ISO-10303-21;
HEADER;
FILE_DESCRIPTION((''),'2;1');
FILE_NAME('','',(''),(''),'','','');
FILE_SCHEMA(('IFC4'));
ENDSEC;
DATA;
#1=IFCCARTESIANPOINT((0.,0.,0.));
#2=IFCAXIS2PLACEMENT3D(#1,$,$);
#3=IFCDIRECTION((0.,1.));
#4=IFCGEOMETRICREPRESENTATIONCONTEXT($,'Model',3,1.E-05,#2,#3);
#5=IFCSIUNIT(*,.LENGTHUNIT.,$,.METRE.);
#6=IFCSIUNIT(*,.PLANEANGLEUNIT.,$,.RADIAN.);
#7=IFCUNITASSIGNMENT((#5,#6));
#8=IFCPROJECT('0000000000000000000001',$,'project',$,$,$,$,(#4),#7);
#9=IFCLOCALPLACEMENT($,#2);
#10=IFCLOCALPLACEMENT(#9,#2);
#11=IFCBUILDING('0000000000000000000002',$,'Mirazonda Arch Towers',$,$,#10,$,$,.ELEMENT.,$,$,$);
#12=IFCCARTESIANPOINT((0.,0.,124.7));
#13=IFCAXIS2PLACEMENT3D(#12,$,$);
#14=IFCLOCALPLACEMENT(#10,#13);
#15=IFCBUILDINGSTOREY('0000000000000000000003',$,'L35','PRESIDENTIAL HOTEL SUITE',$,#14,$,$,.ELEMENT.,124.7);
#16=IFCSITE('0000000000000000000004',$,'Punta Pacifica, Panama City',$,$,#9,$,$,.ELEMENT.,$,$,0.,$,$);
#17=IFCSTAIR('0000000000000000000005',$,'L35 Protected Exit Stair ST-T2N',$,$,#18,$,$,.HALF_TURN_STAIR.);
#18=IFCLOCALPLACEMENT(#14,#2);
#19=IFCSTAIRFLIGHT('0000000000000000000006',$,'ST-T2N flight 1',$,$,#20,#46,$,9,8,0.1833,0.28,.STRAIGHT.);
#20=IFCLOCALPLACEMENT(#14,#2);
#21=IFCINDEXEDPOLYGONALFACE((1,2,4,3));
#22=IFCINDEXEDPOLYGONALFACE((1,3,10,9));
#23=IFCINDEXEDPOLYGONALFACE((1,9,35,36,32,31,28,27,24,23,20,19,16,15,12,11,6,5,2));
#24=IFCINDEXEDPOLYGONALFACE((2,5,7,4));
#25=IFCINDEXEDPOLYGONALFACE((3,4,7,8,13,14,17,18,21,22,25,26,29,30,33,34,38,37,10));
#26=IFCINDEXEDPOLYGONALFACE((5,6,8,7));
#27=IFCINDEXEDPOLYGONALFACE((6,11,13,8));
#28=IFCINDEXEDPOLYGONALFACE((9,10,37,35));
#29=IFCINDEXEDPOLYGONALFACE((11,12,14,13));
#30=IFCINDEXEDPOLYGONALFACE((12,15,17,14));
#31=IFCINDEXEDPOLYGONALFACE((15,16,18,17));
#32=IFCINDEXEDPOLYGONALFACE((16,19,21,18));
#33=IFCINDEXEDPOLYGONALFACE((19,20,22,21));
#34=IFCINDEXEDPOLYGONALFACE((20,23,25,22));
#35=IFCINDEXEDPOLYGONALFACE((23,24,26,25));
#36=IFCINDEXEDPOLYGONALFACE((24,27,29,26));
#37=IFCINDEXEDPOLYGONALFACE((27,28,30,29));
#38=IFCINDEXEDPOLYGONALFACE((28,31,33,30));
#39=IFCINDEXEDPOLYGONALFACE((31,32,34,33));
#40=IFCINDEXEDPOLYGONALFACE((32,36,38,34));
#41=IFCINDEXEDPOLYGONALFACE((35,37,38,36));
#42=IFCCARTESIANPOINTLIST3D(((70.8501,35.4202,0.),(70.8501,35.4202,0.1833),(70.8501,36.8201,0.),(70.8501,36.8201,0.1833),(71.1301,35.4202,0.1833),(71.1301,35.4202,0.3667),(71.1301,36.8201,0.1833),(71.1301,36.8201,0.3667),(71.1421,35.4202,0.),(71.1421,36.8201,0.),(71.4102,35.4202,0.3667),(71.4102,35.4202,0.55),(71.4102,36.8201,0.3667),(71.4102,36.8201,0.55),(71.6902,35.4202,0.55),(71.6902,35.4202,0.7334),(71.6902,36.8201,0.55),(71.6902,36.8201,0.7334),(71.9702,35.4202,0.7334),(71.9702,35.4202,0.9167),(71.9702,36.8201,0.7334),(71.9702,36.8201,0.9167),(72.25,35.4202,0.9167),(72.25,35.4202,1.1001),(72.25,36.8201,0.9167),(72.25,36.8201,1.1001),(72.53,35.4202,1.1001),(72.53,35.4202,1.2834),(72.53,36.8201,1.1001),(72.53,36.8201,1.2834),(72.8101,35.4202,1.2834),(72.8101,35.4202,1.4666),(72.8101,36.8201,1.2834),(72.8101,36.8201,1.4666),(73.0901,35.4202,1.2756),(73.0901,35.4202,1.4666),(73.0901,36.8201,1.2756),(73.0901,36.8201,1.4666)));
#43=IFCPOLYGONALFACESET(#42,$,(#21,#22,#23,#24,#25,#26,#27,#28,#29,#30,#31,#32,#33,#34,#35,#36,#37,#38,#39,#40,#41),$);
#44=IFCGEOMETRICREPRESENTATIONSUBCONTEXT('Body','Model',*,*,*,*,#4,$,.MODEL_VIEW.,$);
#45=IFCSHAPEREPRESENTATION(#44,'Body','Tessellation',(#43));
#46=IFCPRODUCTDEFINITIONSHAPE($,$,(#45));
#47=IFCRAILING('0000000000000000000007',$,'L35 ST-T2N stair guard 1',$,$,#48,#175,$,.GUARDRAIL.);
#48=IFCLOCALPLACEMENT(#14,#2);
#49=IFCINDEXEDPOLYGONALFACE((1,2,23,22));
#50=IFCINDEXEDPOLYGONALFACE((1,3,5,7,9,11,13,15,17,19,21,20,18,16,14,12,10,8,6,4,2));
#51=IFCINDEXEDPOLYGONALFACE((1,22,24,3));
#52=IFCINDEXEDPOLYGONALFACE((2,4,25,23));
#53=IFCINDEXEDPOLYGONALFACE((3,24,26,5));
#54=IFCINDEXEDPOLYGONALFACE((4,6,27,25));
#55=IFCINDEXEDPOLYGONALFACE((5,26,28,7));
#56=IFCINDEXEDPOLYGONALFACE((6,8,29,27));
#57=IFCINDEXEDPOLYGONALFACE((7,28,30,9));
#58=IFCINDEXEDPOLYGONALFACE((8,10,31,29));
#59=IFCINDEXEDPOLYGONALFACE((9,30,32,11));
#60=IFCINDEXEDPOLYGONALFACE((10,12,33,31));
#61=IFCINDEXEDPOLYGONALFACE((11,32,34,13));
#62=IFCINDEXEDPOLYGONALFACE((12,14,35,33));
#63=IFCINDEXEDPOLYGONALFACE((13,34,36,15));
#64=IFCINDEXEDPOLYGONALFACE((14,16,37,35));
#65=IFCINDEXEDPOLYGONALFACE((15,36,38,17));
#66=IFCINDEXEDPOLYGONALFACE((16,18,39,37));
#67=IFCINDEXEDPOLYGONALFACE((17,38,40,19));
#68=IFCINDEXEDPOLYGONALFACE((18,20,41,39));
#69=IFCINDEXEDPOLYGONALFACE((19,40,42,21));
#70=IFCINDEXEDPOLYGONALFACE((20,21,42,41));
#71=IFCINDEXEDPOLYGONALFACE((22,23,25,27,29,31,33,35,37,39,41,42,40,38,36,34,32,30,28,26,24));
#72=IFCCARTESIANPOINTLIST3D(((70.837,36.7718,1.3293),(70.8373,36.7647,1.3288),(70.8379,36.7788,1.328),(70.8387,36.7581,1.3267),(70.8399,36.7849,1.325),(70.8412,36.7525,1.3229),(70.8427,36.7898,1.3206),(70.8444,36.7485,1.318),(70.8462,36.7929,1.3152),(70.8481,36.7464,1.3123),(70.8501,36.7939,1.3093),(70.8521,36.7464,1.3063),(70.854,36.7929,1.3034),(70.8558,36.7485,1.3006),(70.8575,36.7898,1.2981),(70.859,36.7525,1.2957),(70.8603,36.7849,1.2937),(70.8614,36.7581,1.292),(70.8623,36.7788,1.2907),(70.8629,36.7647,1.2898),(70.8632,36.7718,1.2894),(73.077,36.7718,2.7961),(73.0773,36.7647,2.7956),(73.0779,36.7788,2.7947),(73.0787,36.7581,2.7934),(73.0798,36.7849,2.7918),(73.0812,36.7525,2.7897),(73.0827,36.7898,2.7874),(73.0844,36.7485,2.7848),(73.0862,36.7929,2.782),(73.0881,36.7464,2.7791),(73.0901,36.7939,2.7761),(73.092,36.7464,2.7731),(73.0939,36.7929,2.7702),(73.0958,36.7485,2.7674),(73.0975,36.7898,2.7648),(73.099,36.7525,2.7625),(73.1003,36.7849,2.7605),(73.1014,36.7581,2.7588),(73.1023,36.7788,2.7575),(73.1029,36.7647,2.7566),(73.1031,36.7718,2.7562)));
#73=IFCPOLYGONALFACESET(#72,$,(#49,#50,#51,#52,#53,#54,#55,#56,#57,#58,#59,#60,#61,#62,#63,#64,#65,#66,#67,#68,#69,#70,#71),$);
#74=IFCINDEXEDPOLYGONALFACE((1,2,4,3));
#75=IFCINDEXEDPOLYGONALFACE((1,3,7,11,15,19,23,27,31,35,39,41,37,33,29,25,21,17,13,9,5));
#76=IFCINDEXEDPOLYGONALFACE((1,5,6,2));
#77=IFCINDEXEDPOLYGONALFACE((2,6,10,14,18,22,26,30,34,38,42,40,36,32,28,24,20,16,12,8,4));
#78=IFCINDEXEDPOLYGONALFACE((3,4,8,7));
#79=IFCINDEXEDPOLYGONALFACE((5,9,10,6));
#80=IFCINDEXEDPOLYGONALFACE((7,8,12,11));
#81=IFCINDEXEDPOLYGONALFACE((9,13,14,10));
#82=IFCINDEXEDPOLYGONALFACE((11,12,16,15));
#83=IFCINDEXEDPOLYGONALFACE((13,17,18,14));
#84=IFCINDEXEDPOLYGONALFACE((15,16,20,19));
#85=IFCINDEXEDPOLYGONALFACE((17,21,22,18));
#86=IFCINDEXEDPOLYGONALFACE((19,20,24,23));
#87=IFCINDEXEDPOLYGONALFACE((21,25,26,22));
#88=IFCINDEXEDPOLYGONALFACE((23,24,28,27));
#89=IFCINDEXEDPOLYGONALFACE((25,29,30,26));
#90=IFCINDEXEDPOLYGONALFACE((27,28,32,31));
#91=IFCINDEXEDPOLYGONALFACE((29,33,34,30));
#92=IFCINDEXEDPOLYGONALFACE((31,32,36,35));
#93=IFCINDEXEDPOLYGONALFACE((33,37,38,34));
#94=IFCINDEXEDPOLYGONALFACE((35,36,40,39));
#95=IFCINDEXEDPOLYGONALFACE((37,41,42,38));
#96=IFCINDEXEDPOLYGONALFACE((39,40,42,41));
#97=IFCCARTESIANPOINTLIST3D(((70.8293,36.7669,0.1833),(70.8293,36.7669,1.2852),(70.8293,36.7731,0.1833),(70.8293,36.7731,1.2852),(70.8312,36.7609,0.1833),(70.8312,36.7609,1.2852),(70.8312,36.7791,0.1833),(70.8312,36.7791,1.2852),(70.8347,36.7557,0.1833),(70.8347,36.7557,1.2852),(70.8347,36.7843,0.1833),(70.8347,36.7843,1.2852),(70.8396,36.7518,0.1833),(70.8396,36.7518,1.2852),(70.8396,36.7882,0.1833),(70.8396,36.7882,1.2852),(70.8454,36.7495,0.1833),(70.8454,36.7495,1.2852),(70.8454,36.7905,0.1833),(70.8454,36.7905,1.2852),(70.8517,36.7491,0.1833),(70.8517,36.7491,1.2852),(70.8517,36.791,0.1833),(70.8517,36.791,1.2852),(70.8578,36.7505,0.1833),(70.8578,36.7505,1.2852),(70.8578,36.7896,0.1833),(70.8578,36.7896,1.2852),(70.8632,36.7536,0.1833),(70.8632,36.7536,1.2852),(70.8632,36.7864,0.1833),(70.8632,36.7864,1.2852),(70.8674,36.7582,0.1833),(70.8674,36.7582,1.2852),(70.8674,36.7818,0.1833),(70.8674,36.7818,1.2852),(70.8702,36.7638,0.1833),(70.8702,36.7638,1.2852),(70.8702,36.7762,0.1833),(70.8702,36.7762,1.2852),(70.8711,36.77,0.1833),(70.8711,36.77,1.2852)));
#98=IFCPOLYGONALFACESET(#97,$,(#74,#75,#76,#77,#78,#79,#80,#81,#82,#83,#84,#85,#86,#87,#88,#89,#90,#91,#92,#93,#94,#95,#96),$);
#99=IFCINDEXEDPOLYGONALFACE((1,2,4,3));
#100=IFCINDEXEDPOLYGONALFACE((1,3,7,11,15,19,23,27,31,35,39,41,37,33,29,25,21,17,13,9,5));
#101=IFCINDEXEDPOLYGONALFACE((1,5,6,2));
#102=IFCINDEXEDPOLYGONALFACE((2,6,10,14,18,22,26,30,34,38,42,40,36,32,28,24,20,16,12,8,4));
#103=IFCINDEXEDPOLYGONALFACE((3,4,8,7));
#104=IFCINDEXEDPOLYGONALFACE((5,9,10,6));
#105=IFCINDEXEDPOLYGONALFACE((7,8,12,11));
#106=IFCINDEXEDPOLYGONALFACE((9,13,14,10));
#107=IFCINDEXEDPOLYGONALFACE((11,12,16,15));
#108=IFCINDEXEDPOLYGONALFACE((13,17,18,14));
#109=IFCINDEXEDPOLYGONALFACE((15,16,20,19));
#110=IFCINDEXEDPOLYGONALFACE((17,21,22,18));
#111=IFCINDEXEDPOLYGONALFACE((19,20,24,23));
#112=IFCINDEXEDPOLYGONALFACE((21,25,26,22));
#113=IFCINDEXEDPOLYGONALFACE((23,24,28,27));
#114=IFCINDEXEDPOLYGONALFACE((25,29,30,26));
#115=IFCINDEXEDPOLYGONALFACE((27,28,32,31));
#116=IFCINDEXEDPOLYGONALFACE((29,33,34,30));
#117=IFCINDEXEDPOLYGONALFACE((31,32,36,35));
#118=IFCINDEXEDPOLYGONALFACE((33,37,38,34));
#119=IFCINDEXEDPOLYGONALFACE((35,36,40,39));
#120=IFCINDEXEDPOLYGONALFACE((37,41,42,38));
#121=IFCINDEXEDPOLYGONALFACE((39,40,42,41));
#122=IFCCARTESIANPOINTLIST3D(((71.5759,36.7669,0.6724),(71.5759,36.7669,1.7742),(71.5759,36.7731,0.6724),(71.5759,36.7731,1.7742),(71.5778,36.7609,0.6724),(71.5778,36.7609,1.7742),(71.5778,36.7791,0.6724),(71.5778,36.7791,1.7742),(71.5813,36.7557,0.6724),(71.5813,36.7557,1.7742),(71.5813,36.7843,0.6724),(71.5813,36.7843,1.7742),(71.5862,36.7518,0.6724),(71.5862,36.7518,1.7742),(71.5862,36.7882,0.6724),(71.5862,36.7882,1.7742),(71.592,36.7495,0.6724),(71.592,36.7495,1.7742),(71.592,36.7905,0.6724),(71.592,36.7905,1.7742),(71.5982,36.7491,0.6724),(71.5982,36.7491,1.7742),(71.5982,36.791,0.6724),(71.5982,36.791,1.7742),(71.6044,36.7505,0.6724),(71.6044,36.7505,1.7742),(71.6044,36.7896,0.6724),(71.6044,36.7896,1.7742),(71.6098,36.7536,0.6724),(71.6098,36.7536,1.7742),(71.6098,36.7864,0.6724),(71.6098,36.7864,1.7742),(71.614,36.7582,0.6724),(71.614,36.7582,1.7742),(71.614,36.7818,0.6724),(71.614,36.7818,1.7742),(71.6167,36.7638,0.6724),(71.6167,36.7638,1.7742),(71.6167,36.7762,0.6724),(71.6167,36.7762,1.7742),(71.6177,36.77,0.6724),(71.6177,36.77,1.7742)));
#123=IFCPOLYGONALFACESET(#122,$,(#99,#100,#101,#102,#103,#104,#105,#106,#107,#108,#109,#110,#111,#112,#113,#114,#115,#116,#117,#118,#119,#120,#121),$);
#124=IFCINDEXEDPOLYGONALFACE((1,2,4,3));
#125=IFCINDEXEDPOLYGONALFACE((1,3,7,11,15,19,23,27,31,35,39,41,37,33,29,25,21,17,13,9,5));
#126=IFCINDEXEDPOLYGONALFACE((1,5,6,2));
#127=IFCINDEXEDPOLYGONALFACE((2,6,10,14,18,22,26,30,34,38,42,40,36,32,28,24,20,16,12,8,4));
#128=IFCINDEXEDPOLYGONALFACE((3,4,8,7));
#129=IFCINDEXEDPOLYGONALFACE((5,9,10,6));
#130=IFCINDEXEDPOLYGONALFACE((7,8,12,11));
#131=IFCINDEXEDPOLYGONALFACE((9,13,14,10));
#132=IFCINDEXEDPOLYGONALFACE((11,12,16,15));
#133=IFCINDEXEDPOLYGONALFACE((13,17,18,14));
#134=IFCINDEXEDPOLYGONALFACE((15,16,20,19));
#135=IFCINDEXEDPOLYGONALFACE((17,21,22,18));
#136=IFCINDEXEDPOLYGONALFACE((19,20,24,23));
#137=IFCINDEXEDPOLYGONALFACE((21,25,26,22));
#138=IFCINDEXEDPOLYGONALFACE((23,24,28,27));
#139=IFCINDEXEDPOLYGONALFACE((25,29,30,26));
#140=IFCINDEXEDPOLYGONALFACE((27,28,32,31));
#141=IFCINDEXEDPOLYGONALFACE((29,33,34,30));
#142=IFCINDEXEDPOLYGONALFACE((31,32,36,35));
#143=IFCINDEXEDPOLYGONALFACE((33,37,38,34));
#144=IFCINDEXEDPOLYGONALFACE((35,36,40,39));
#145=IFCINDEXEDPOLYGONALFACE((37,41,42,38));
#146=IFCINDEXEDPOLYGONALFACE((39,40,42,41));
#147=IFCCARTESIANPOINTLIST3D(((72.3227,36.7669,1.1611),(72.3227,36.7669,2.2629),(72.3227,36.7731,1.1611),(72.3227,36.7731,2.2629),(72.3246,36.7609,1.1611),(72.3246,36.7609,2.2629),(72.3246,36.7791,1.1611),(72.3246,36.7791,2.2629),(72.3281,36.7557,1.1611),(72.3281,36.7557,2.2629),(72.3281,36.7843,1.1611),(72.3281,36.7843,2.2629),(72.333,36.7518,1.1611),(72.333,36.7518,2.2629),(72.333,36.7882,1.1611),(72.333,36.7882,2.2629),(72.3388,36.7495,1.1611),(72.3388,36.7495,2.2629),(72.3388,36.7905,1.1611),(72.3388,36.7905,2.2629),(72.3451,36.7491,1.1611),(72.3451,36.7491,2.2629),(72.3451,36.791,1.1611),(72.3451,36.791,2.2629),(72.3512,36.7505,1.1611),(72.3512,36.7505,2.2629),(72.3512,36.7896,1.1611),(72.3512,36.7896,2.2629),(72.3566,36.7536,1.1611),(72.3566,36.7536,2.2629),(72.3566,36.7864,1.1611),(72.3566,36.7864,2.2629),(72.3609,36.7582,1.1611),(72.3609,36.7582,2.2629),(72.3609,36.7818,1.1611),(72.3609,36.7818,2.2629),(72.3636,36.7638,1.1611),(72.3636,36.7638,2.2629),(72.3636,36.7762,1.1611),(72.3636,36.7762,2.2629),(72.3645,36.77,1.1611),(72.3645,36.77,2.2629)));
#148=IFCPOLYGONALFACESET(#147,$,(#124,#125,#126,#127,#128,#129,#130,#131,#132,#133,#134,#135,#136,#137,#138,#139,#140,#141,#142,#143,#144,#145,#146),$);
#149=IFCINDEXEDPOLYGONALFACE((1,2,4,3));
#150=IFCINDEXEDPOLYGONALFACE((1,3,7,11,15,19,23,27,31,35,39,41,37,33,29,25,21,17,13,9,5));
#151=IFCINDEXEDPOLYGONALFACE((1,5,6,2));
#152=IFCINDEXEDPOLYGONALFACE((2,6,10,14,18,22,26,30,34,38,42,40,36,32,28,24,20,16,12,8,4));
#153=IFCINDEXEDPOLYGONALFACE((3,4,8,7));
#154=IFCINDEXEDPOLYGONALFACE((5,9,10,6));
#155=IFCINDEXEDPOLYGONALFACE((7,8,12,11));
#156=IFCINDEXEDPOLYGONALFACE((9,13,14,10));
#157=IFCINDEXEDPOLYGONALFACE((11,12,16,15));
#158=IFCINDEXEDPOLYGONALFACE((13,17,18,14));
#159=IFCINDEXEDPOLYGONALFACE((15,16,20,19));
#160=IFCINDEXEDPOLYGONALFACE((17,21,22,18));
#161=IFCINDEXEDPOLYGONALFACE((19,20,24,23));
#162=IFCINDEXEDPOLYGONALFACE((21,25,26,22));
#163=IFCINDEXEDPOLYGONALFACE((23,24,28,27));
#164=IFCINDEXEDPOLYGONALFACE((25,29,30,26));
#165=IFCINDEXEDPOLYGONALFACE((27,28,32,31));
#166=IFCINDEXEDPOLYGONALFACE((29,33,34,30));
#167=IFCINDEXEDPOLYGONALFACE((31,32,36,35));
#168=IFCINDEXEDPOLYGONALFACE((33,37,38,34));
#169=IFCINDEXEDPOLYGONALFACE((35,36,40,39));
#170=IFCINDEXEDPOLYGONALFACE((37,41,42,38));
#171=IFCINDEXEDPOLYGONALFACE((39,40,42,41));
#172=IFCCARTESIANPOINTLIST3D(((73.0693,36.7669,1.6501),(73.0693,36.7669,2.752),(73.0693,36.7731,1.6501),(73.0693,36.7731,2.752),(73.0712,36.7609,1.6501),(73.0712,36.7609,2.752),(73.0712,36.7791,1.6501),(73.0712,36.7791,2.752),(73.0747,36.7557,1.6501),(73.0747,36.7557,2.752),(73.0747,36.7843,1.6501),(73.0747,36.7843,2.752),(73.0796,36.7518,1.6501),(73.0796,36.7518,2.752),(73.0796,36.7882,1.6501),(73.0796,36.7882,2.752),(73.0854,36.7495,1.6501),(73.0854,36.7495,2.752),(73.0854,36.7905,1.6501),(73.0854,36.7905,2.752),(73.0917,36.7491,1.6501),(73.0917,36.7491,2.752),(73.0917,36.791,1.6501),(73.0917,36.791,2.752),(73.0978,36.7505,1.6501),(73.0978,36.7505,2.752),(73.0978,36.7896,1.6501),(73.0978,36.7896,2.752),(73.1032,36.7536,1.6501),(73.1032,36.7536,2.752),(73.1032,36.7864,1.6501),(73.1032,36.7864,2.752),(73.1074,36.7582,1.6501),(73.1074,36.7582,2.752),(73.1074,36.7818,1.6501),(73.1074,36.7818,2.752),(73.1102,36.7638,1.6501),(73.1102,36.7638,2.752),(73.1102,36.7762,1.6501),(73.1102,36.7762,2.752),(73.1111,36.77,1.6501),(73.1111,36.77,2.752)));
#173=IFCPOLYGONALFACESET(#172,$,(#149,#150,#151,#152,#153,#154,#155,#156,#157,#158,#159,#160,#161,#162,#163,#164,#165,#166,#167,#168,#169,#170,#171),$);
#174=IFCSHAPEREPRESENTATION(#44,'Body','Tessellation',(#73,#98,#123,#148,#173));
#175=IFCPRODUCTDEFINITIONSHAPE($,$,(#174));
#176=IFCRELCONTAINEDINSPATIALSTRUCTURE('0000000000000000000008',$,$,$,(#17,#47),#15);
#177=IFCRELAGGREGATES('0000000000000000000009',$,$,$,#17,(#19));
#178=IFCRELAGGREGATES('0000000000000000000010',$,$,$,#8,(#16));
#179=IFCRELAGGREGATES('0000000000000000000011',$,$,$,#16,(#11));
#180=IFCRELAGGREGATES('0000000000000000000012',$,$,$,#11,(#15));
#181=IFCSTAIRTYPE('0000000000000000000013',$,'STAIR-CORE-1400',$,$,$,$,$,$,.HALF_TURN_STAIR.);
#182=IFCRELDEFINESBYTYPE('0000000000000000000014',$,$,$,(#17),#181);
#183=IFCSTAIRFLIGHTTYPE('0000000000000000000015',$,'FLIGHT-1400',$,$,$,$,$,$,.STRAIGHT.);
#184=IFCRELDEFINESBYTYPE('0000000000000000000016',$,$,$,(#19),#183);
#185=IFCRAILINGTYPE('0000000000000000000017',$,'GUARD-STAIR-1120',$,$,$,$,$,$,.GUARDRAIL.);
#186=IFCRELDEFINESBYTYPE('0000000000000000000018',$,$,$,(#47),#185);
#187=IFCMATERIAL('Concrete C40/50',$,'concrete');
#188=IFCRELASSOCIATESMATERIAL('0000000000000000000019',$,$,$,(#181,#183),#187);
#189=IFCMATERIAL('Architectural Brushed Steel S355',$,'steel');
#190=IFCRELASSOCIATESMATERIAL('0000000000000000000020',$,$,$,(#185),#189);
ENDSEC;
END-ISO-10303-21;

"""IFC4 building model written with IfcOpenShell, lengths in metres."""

from ifc_helpers import new_model, si_unit, direction, frame, origin, origin_2d, place, context, subcontext, project, spatial, polyline, circle, outline, extrude, material, type_object, element, aggregate, save


model = new_model("IFC4")

# Units and contexts
model_context = context("Model", 3, precision=1e-05, world=origin(), true_north=direction((0.0, 1.0)))
body_context = subcontext(model_context, "Body", "Model", "MODEL_VIEW")
ifc_project = project(units=[si_unit("LENGTHUNIT", "METRE"), si_unit("PLANEANGLEUNIT", "RADIAN")], contexts=[model_context])

# Site, building, storey
site_placement = place(None, origin())
site = spatial("IfcSite", under=ifc_project, at=site_placement, Name="Punta Pacifica, Panama City", CompositionType="ELEMENT", RefElevation=0.0)
building_placement = place(site_placement, origin())
building = spatial("IfcBuilding", under=site, at=building_placement, Name="Mirazonda Arch Towers", CompositionType="ELEMENT")
storey_placement = place(building_placement, frame((0.0, 0.0, 124.7)))
storey = spatial("IfcBuildingStorey", under=building, at=storey_placement, Name="L35", Description="PRESIDENTIAL HOTEL SUITE", CompositionType="ELEMENT", Elevation=124.7)

# Stair, stair flight
ifc_material_1 = material(Name="Concrete C40/50", Category="concrete")
stair_type = type_object("IfcStairType", Name="STAIR-CORE-1400", PredefinedType="HALF_TURN_STAIR", material=ifc_material_1)
stair_placement = place(storey_placement, origin())
stair = element("IfcStair", 1, at=stair_placement, inside=storey, type_object=stair_type, Name="L35 Protected Exit Stair ST-T2N", PredefinedType="HALF_TURN_STAIR")
stair_flight_type = type_object("IfcStairFlightType", Name="FLIGHT-1400", PredefinedType="STRAIGHT", material=ifc_material_1)
stair_flight_placement = place(storey_placement, frame((70.8501, 36.1201, 0.0), z_axis=(0.0, 0.0, 1.0), x_axis=(1.0, 0.0, 0.0)))
stair_flight = element("IfcStairFlight", 2, at=stair_flight_placement, type_object=stair_flight_type, Name="ST-T2N flight 1", NumberOfRisers=9, NumberOfTreads=8, PredefinedType="STRAIGHT", RiserHeight=0.1833, TreadLength=0.28, context=body_context, shape_type="SweptSolid", body=[
    extrude(outline(polyline([(0.0, 0.0), (0.0, 0.1833), (0.28, 0.1833), (0.28, 0.3667), (0.5601, 0.3667), (0.5601, 0.55), (0.8401, 0.55), (0.8401, 0.7334), (1.1201, 0.7334), (1.1201, 0.9167), (1.3999, 0.9167), (1.3999, 1.1001), (1.6799, 1.1001), (1.6799, 1.2834), (1.96, 1.2834), (1.96, 1.4666), (2.24, 1.4666), (2.24, 1.6499), (2.24, 1.2756), (0.292, 0.0), (0.0, 0.0)])), frame((0.0, 0.7, 0.0), z_axis=(0.0, -1.0, 0.0), x_axis=(1.0, 0.0, 0.0)), (0.0, 0.0, 1.0), 1.3999),
])
aggregate(stair, [stair_flight])

# Railing
ifc_material_2 = material(Name="Architectural Brushed Steel S355", Category="steel")
railing_type_1 = type_object("IfcRailingType", Name="GUARD-STAIR-1120", PredefinedType="GUARDRAIL", material=ifc_material_2)
railing_1_placement = place(storey_placement, frame((70.8501, 36.77, 0.1833)))
element("IfcRailing", 3, at=railing_1_placement, inside=storey, type_object=railing_type_1, Name="L35 ST-T2N stair guard 1", PredefinedType="GUARDRAIL", context=body_context, shape_type="SweptSolid", body=[
    extrude(circle(Radius=0.0239, at=origin_2d()), frame((0.0, 0.0, 1.126), z_axis=(0.836595, 0.0, 0.547822), x_axis=(0.0, 1.0, 0.0)), (0.0, 0.0, 1.0), 2.6775),
    extrude(circle(Radius=0.021, at=origin_2d()), origin(), (0.0, 0.0, 1.0), 1.1018),
    extrude(circle(Radius=0.021, at=origin_2d()), frame((0.7466, 0.0, 0.489)), (0.0, 0.0, 1.0), 1.1018),
    extrude(circle(Radius=0.021, at=origin_2d()), frame((1.4934, 0.0, 0.9778)), (0.0, 0.0, 1.0), 1.1018),
    extrude(circle(Radius=0.021, at=origin_2d()), frame((2.24, 0.0, 1.4668)), (0.0, 0.0, 1.0), 1.1018),
])

save(model, "model.ifc")
